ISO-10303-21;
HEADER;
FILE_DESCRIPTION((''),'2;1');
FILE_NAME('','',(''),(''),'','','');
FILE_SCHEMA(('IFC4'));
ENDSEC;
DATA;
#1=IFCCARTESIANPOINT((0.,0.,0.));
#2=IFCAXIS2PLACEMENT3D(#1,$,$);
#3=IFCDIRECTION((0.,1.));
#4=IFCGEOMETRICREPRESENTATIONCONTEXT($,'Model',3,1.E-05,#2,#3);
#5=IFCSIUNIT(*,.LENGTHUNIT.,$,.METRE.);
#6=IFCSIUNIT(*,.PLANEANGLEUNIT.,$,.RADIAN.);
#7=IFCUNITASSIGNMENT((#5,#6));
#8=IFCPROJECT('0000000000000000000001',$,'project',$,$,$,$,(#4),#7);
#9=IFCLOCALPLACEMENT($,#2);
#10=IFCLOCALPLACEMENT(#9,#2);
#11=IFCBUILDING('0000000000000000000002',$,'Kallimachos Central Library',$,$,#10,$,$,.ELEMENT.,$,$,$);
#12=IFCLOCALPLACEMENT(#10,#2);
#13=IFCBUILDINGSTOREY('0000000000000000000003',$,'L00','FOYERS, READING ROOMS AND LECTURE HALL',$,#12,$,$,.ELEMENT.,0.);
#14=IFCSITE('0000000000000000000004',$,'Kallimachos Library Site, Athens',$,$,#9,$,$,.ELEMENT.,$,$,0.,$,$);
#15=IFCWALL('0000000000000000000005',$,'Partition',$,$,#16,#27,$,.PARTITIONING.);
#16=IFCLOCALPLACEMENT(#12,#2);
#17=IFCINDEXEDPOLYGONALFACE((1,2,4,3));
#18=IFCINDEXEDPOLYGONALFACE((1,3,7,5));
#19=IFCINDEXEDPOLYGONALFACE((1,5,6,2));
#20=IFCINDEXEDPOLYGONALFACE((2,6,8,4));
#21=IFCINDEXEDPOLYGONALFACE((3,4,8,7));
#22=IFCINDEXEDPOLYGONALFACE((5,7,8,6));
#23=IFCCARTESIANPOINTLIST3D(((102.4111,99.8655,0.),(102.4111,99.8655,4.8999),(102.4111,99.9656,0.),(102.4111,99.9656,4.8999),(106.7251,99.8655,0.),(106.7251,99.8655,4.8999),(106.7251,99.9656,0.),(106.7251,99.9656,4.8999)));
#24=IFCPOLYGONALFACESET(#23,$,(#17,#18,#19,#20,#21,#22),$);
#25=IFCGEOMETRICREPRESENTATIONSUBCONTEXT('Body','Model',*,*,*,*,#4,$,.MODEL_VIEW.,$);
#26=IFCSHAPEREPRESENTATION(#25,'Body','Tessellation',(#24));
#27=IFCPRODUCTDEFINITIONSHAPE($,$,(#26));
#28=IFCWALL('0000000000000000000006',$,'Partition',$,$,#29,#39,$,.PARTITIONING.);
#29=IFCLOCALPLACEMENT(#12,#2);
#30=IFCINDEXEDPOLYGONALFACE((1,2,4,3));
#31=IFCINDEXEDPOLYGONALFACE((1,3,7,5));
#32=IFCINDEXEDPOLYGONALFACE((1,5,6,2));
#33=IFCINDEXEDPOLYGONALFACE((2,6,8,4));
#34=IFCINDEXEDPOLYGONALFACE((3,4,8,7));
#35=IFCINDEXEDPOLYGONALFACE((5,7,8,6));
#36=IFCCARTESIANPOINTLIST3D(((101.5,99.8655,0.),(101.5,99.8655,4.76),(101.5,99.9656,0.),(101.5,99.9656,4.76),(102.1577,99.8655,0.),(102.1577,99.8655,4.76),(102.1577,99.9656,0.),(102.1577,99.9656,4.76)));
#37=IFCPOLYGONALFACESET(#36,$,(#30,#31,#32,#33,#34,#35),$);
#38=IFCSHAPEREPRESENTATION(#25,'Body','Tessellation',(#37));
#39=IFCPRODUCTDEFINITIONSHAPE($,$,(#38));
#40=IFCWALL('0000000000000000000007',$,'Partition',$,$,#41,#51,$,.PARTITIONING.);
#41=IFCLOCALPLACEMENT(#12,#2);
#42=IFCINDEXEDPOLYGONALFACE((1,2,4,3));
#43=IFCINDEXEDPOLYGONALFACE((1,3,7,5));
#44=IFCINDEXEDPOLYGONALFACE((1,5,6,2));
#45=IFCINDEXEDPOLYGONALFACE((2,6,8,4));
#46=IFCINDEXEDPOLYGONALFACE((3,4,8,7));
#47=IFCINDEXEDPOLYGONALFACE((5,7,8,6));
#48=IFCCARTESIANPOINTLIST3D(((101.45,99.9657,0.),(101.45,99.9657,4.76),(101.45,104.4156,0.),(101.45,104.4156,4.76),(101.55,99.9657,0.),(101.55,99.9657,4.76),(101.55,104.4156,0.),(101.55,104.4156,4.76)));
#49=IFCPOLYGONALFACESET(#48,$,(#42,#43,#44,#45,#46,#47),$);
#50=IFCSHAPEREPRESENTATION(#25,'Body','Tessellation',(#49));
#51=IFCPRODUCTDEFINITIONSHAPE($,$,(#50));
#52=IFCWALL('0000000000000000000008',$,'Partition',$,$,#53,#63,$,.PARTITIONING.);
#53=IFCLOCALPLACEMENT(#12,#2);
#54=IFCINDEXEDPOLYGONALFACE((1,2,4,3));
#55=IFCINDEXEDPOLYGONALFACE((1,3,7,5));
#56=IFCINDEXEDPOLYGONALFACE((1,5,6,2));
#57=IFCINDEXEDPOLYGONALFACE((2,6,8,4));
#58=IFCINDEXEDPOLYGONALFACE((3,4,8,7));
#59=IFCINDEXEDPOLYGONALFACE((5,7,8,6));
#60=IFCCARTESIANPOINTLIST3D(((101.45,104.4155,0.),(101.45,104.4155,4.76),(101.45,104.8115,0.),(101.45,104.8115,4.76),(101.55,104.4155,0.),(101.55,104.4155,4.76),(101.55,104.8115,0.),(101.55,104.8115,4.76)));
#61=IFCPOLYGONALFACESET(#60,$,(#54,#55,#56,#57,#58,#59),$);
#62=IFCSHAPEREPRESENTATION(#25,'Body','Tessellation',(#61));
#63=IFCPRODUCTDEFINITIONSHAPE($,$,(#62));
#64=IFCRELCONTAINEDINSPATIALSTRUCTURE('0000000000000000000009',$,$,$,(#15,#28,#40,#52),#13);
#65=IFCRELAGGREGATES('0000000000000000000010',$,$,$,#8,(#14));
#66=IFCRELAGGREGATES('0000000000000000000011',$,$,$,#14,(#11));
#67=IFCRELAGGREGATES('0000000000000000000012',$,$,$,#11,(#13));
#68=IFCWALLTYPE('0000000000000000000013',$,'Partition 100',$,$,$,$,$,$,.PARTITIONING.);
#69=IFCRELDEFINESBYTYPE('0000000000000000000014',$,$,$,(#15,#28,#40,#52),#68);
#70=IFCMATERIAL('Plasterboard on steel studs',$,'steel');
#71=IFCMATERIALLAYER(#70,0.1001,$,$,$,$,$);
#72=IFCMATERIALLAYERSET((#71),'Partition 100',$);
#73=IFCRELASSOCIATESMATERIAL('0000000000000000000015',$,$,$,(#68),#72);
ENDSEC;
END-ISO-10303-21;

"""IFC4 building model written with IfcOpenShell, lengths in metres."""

from ifc_helpers import new_model, si_unit, direction, frame, frame_2d, origin, place, context, subcontext, project, spatial, rectangle, extrude, material, layer, layer_set, type_object, element, save


model = new_model("IFC4")

# Units and contexts
model_context = context("Model", 3, precision=1e-05, world=origin(), true_north=direction((0.0, 1.0)))
body_context = subcontext(model_context, "Body", "Model", "MODEL_VIEW")
ifc_project = project(units=[si_unit("LENGTHUNIT", "METRE"), si_unit("PLANEANGLEUNIT", "RADIAN")], contexts=[model_context])

# Site, building, storey
site_placement = place(None, origin())
site = spatial("IfcSite", under=ifc_project, at=site_placement, Name="Kallimachos Library Site, Athens", CompositionType="ELEMENT", RefElevation=0.0)
building_placement = place(site_placement, origin())
building = spatial("IfcBuilding", under=site, at=building_placement, Name="Kallimachos Central Library", CompositionType="ELEMENT")
storey_placement = place(building_placement, origin())
storey = spatial("IfcBuildingStorey", under=building, at=storey_placement, Name="L00", Description="FOYERS, READING ROOMS AND LECTURE HALL", CompositionType="ELEMENT", Elevation=0.0)

# Shared definitions
ifc_material_1 = material(Name="Plasterboard on steel studs", Category="steel")
ifc_layer_1 = layer(ifc_material_1, 0.1001)
ifc_layer_set_1 = layer_set([ifc_layer_1], Name="Partition 100")
wall_type_1 = type_object("IfcWallType", Name="Partition 100", PredefinedType="PARTITIONING", material=ifc_layer_set_1)

# Walls
wall_1_placement = place(storey_placement, frame((106.7251, 99.9155, 0.0), z_axis=(0.0, 0.0, 1.0), x_axis=(-1.0, 0.0, 0.0)))
element("IfcWall", 1, at=wall_1_placement, inside=storey, type_object=wall_type_1, Name="Partition", PredefinedType="PARTITIONING", context=body_context, shape_type="SweptSolid", body=[
    extrude(rectangle(XDim=4.314, YDim=0.1001, at=frame_2d((2.157, 0.0))), origin(), (0.0, 0.0, 1.0), 4.8999),
])
wall_2_placement = place(storey_placement, frame((102.1577, 99.9155, 0.0), z_axis=(0.0, 0.0, 1.0), x_axis=(-1.0, 0.0, 0.0)))
element("IfcWall", 2, at=wall_2_placement, inside=storey, type_object=wall_type_1, Name="Partition", PredefinedType="PARTITIONING", context=body_context, shape_type="SweptSolid", body=[
    extrude(rectangle(XDim=0.6577, YDim=0.1001, at=frame_2d((0.3289, 0.0))), origin(), (0.0, 0.0, 1.0), 4.76),
])
wall_3_placement = place(storey_placement, frame((101.5, 99.9656, 0.0), z_axis=(0.0, 0.0, 1.0), x_axis=(0.0, 1.0, 0.0)))
element("IfcWall", 3, at=wall_3_placement, inside=storey, type_object=wall_type_1, Name="Partition", PredefinedType="PARTITIONING", context=body_context, shape_type="SweptSolid", body=[
    extrude(rectangle(XDim=4.45, YDim=0.1001, at=frame_2d((2.2251, 0.0))), origin(), (0.0, 0.0, 1.0), 4.76),
])
wall_4_placement = place(storey_placement, frame((101.5, 104.4155, 0.0), z_axis=(0.0, 0.0, 1.0), x_axis=(0.0, 1.0, 0.0)))
element("IfcWall", 4, at=wall_4_placement, inside=storey, type_object=wall_type_1, Name="Partition", PredefinedType="PARTITIONING", context=body_context, shape_type="SweptSolid", body=[
    extrude(rectangle(XDim=0.396, YDim=0.1001, at=frame_2d((0.198, 0.0))), origin(), (0.0, 0.0, 1.0), 4.76),
])

save(model, "model.ifc")
